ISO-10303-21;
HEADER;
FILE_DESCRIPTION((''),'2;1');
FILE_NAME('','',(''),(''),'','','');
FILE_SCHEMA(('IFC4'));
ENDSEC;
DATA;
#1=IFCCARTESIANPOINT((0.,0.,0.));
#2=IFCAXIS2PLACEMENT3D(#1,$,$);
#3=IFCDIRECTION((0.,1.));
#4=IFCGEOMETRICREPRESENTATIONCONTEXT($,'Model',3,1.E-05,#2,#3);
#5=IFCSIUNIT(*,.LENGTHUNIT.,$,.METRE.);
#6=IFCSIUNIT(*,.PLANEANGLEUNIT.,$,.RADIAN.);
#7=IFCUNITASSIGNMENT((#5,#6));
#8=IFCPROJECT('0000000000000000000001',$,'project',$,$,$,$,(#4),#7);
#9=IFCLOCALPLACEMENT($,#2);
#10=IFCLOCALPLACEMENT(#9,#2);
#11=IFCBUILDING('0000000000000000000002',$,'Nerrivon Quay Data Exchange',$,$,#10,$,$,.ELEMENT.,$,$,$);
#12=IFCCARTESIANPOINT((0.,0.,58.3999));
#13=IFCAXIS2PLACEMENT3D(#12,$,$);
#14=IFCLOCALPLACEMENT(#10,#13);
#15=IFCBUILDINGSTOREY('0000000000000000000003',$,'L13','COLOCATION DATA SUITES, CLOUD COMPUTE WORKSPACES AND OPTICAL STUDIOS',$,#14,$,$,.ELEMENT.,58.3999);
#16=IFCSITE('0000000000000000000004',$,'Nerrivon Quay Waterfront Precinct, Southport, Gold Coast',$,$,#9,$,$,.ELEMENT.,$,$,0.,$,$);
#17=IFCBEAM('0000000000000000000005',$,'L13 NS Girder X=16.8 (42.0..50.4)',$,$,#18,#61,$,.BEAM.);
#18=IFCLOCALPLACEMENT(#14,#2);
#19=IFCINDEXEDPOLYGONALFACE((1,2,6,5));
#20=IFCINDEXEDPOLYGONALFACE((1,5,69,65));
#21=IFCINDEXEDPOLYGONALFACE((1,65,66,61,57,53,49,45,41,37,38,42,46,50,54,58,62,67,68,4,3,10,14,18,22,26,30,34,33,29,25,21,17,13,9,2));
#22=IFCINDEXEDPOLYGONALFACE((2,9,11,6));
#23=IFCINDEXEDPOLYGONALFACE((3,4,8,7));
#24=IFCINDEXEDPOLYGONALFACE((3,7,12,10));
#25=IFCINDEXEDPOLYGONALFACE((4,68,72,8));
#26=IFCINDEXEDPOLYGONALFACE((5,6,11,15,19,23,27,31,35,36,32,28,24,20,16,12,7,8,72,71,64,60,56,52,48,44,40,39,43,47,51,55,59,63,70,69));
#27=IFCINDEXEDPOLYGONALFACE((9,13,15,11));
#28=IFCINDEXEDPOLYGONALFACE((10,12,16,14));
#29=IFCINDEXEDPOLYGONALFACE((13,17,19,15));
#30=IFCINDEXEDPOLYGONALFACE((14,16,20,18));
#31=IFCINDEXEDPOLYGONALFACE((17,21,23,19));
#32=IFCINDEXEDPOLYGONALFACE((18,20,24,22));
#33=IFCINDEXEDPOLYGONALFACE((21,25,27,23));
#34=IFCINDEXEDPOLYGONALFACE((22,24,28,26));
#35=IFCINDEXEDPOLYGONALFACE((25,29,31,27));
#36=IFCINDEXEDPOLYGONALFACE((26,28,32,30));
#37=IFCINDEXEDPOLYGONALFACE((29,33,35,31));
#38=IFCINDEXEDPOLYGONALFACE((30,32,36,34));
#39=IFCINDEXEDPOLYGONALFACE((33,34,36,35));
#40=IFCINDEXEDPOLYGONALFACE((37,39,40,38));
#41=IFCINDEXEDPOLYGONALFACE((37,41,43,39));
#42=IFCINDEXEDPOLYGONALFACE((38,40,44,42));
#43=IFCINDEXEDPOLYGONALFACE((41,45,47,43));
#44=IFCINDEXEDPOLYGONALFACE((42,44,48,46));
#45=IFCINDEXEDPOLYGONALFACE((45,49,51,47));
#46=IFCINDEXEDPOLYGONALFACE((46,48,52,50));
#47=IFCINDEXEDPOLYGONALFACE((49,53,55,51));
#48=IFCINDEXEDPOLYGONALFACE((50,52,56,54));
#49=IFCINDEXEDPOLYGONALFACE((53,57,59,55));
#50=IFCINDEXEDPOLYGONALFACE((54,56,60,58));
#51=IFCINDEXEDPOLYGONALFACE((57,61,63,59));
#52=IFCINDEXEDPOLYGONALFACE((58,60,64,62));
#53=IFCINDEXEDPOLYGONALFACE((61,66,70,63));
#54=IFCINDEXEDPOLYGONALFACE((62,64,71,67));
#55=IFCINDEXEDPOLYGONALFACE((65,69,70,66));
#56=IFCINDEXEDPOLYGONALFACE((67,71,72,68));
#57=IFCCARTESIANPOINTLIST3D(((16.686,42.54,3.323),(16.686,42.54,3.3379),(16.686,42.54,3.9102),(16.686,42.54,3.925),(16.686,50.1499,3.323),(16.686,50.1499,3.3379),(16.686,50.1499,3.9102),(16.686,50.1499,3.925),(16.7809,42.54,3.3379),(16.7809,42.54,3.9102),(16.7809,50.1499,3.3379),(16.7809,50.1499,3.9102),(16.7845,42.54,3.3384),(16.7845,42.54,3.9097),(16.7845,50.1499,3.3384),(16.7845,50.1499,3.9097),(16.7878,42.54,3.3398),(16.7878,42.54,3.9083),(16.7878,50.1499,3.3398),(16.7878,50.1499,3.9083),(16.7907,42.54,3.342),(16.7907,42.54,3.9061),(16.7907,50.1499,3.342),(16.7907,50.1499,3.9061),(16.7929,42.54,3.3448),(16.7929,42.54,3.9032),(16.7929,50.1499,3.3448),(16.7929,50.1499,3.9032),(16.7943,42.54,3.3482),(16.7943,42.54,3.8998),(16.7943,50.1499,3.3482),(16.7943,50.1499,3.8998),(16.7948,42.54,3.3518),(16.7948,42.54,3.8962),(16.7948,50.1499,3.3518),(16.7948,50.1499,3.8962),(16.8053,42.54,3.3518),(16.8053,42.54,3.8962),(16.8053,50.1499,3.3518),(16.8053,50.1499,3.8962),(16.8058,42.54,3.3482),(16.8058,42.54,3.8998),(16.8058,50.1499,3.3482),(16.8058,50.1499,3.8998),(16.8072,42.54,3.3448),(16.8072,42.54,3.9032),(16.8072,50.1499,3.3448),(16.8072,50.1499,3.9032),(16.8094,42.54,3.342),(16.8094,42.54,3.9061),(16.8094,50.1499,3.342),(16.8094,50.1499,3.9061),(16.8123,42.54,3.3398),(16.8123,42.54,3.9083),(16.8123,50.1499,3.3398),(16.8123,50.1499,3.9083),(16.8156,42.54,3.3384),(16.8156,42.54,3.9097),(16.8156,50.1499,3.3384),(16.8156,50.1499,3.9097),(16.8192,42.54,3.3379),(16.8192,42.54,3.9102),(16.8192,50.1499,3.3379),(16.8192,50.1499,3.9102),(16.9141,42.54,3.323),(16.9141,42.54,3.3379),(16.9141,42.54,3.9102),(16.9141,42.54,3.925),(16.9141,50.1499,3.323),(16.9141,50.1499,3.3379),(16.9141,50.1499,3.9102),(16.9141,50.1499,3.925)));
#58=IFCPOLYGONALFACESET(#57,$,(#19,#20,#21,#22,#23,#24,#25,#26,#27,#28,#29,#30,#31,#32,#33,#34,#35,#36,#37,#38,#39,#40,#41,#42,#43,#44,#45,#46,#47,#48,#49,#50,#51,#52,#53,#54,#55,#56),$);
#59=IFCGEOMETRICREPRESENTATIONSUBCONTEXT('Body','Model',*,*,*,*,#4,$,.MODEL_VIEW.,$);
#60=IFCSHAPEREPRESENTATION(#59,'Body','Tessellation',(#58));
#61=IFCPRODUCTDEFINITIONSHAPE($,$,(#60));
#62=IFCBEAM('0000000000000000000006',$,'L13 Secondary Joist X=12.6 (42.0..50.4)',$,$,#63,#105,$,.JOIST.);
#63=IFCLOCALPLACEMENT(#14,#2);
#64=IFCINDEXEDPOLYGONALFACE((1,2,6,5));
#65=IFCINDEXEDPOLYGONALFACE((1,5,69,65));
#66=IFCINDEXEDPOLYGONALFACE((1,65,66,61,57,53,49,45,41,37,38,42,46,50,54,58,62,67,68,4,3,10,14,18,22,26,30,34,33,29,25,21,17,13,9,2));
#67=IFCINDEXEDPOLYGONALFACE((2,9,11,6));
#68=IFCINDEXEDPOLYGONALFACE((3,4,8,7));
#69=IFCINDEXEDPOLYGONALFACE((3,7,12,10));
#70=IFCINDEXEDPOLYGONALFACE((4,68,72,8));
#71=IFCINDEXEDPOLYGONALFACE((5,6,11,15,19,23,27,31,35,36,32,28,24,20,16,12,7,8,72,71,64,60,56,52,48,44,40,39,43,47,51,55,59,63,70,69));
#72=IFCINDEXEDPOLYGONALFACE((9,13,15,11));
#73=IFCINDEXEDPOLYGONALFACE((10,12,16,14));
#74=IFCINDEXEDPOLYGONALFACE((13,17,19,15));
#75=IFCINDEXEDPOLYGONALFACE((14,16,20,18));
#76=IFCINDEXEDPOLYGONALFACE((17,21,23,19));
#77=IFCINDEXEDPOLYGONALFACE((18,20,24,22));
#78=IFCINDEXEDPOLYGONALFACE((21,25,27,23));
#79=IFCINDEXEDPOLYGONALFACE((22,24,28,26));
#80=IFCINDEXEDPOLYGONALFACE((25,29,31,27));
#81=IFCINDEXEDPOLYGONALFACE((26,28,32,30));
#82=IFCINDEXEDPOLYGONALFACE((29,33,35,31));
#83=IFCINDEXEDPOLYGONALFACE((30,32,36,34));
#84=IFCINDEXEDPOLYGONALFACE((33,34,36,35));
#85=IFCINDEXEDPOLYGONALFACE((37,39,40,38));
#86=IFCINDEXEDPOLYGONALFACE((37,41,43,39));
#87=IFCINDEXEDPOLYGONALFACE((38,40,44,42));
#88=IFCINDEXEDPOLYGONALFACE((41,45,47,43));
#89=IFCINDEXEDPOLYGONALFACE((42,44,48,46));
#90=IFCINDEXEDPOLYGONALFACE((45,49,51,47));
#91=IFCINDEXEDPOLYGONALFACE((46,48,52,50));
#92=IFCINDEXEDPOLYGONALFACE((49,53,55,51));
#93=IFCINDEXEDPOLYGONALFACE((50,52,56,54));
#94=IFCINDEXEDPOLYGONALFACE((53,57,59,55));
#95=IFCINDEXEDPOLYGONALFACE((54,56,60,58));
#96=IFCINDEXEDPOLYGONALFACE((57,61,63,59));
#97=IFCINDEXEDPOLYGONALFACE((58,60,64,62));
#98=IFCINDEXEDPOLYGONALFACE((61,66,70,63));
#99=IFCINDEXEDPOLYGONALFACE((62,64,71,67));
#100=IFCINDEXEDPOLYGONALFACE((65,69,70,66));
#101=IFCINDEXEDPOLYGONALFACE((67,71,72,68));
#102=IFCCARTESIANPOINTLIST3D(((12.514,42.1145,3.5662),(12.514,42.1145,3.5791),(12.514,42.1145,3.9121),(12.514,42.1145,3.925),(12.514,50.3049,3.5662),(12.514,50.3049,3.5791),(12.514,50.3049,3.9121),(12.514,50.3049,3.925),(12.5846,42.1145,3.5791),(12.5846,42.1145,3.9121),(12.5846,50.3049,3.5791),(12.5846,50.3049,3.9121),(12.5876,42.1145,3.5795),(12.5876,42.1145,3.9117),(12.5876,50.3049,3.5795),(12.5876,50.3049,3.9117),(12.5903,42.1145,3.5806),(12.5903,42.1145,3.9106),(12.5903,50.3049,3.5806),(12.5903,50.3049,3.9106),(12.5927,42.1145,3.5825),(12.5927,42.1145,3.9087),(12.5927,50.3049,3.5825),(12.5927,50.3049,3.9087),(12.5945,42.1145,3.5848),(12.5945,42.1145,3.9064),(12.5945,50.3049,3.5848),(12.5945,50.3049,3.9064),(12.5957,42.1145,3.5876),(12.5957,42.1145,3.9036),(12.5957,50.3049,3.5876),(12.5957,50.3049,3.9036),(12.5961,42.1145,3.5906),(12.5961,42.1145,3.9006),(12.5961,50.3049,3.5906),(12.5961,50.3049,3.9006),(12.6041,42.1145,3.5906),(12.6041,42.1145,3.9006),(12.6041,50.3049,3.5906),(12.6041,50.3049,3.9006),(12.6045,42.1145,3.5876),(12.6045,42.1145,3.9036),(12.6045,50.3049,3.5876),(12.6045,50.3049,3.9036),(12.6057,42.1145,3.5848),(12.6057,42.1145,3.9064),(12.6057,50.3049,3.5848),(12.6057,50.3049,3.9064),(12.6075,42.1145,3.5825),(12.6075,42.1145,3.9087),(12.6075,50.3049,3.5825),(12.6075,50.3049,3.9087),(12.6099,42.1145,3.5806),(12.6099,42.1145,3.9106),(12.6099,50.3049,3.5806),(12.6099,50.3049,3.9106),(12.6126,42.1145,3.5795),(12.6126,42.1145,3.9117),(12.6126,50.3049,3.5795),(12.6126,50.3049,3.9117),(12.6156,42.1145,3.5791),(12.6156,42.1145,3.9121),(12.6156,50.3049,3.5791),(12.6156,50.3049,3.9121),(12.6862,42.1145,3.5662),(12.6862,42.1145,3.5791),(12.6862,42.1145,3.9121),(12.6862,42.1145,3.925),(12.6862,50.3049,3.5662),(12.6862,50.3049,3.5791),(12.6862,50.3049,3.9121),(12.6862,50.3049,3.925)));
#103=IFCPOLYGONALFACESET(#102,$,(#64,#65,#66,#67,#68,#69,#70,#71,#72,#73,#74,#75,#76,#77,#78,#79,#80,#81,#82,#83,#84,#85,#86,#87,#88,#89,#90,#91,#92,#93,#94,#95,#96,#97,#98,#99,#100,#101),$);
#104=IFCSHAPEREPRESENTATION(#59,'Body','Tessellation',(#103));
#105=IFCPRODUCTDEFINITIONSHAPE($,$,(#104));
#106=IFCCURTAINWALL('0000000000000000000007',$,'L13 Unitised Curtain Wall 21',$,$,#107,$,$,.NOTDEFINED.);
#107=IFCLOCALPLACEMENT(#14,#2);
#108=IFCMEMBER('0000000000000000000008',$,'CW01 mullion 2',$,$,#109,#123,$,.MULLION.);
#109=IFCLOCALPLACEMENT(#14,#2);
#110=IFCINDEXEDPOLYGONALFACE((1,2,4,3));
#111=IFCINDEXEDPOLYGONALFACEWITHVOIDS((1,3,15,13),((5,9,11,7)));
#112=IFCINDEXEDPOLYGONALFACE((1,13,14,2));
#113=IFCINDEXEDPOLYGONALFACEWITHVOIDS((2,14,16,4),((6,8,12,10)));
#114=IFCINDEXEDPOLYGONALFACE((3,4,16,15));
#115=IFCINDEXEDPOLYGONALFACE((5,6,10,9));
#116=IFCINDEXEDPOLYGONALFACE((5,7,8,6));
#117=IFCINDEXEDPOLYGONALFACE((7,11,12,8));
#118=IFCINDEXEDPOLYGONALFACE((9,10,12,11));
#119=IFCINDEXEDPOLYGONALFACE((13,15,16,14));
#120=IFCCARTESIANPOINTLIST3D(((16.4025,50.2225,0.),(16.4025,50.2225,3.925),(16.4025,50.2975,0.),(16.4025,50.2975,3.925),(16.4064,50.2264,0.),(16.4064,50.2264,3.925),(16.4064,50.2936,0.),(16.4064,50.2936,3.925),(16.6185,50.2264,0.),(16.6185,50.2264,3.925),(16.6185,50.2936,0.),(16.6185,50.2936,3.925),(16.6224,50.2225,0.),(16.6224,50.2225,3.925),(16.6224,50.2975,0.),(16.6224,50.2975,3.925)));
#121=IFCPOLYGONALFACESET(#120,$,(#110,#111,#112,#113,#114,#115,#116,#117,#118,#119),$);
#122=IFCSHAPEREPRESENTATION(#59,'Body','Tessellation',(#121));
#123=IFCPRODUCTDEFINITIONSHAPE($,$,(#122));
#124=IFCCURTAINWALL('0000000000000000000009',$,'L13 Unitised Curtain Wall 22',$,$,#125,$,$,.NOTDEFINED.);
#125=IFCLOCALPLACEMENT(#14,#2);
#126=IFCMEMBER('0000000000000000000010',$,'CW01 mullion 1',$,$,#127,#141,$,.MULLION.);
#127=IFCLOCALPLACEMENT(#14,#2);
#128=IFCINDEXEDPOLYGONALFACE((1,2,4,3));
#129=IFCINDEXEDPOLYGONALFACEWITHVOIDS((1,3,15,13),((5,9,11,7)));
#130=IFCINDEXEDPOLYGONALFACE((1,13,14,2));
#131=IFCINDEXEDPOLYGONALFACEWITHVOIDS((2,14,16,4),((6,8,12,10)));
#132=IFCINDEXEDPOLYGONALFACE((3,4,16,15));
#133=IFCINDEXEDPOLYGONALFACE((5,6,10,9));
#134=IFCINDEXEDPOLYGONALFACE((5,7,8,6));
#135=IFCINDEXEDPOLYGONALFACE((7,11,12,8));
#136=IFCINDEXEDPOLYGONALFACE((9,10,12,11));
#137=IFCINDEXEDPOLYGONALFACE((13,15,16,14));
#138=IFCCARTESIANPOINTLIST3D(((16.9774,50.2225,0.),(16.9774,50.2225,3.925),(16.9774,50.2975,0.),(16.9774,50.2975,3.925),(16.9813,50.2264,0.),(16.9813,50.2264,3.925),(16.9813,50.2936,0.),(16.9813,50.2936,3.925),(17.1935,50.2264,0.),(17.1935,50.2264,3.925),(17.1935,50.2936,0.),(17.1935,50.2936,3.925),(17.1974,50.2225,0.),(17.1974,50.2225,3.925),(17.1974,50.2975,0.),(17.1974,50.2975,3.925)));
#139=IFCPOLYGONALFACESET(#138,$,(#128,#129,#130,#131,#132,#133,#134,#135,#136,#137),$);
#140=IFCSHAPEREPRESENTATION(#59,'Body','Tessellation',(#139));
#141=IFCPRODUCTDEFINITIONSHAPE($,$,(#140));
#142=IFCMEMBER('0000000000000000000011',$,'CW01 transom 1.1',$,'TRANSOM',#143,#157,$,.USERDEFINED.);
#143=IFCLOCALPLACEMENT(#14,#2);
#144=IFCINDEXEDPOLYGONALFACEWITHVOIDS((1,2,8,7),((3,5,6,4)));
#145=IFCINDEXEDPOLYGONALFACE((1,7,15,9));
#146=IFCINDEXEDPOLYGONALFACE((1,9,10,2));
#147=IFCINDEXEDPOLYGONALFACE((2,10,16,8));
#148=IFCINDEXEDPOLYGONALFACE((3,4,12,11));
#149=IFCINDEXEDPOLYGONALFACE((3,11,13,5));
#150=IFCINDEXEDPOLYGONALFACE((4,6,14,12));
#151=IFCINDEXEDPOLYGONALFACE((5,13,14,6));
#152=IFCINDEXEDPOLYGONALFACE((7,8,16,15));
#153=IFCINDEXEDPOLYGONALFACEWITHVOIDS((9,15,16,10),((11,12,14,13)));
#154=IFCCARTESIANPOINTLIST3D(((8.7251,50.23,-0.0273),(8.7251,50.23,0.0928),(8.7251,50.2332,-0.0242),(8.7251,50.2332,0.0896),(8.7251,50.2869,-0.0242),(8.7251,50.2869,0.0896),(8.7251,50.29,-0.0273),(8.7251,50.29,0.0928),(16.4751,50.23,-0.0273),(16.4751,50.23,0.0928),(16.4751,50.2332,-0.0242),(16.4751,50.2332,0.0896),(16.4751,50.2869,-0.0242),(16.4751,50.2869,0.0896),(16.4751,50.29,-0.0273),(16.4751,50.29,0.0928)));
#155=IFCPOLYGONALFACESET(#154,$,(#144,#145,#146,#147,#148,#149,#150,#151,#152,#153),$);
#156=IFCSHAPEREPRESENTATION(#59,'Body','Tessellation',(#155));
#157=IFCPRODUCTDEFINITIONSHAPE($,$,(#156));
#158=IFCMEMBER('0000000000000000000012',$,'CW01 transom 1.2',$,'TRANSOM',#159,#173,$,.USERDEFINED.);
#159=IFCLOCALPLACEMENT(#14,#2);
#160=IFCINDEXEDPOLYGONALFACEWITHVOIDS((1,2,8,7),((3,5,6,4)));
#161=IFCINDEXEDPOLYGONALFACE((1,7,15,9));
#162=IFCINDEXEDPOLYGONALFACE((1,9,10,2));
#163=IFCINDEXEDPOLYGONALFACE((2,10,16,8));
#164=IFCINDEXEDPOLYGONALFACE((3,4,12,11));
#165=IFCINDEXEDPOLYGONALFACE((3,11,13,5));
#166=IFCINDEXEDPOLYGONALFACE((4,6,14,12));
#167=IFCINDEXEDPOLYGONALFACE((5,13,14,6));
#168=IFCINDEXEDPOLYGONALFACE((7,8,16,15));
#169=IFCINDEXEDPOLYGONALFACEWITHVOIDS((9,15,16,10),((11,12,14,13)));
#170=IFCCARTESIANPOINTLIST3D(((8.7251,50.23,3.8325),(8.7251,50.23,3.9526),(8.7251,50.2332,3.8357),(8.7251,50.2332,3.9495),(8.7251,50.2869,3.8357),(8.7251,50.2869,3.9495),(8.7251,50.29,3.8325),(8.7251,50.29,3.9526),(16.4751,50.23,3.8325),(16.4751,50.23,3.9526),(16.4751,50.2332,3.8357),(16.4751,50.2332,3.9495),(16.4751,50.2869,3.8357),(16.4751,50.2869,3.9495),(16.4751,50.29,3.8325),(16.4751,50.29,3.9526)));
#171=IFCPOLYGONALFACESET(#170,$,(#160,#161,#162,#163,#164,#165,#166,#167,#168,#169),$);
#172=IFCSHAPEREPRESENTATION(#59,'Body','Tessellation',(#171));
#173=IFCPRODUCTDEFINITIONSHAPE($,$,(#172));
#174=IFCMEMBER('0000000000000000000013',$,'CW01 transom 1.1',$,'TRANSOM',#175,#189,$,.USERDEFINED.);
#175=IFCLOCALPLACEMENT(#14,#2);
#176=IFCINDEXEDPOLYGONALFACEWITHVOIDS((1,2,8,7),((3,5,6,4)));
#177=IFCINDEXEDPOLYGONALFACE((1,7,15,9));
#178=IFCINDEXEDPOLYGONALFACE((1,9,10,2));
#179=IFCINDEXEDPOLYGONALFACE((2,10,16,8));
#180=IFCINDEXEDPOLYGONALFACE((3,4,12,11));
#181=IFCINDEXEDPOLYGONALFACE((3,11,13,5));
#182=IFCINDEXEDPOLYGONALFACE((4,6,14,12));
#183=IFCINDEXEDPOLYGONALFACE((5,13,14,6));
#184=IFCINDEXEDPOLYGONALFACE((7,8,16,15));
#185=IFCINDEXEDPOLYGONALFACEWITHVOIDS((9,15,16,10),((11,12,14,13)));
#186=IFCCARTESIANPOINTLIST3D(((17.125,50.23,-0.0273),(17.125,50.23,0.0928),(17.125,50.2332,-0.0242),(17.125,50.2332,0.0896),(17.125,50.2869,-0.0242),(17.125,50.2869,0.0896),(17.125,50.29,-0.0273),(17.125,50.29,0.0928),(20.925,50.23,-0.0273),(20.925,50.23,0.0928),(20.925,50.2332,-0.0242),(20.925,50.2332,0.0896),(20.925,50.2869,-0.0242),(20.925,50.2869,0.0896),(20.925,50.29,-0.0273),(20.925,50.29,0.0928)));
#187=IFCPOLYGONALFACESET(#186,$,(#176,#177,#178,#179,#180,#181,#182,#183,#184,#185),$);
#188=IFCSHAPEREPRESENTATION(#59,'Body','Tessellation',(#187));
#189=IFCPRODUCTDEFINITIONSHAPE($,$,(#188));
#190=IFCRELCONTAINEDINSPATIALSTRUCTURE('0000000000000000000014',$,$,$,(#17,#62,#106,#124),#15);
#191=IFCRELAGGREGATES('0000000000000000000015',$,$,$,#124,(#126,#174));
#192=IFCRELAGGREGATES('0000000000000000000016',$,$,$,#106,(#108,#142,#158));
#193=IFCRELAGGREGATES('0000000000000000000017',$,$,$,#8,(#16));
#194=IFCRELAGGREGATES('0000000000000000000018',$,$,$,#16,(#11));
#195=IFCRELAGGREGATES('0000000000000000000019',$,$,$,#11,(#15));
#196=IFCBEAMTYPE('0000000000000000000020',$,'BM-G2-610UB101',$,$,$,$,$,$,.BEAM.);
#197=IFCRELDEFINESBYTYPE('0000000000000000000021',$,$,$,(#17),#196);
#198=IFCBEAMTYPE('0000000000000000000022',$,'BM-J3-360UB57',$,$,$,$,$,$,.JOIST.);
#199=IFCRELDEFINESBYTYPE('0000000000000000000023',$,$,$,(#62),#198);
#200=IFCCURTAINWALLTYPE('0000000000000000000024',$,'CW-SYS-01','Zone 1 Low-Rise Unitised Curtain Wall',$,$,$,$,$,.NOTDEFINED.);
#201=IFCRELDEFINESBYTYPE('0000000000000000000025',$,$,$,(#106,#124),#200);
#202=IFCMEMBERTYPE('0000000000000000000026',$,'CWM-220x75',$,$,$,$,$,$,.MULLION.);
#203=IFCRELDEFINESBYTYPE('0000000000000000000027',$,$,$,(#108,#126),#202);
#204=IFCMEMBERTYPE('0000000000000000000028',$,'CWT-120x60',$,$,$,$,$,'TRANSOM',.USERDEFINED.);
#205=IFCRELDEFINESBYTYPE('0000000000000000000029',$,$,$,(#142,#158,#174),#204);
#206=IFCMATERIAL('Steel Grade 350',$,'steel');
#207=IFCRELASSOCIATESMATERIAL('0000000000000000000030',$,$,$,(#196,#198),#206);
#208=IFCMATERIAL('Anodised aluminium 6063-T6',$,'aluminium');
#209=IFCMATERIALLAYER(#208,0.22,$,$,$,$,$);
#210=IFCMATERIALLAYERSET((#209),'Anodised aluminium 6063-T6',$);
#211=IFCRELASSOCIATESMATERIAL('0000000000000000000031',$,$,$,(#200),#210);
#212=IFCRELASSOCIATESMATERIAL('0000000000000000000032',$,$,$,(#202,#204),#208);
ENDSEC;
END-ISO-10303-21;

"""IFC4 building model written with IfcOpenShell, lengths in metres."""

from ifc_helpers import new_model, si_unit, direction, frame, origin, origin_2d, place, context, subcontext, project, spatial, hollow_rectangle, i_section, extrude, material, layer, layer_set, material_profile, profile_set, type_object, element, aggregate, save


model = new_model("IFC4")

# Units and contexts
model_context = context("Model", 3, precision=1e-05, world=origin(), true_north=direction((0.0, 1.0)))
body_context = subcontext(model_context, "Body", "Model", "MODEL_VIEW")
ifc_project = project(units=[si_unit("LENGTHUNIT", "METRE"), si_unit("PLANEANGLEUNIT", "RADIAN")], contexts=[model_context])

# Site, building, storey
site_placement = place(None, origin())
site = spatial("IfcSite", under=ifc_project, at=site_placement, Name="Nerrivon Quay Waterfront Precinct, Southport, Gold Coast", CompositionType="ELEMENT", RefElevation=0.0)
building_placement = place(site_placement, origin())
building = spatial("IfcBuilding", under=site, at=building_placement, Name="Nerrivon Quay Data Exchange", CompositionType="ELEMENT")
storey_placement = place(building_placement, frame((0.0, 0.0, 58.3999)))
storey = spatial("IfcBuildingStorey", under=building, at=storey_placement, Name="L13", Description="COLOCATION DATA SUITES, CLOUD COMPUTE WORKSPACES AND OPTICAL STUDIOS", CompositionType="ELEMENT", Elevation=58.3999)

# Shared definitions
ifc_material_1 = material(Name="Steel Grade 350", Category="steel")

# Beams
ifc_material_profile_1 = material_profile(ifc_material_1, i_section(OverallWidth=0.228, OverallDepth=0.6021, WebThickness=0.0105, FlangeThickness=0.0149, FilletRadius=0.0139, at=origin_2d()), Name="610UB101")
ifc_profile_set_1 = profile_set([ifc_material_profile_1], Name="Steel Grade 350")
beam_type_1 = type_object("IfcBeamType", Name="BM-G2-610UB101", PredefinedType="BEAM", material=ifc_profile_set_1)
beam_1_placement = place(storey_placement, frame((16.8, 42.54, 3.624), z_axis=(0.0, 1.0, 0.0), x_axis=(-1.0, 0.0, 0.0)))
element("IfcBeam", 1, at=beam_1_placement, inside=storey, type_object=beam_type_1, Name="L13 NS Girder X=16.8 (42.0..50.4)", PredefinedType="BEAM", context=body_context, shape_type="SweptSolid", body=[
    extrude(i_section(OverallWidth=0.228, OverallDepth=0.6021, WebThickness=0.0105, FlangeThickness=0.0149, FilletRadius=0.0139, at=origin_2d()), origin(), (0.0, 0.0, 1.0), 7.6099),
])
ifc_material_profile_2 = material_profile(ifc_material_1, i_section(OverallWidth=0.1721, OverallDepth=0.3589, WebThickness=0.0081, FlangeThickness=0.0129, FilletRadius=0.0115, at=origin_2d()), Name="360UB56.7")
ifc_profile_set_2 = profile_set([ifc_material_profile_2], Name="Steel Grade 350")
beam_type_2 = type_object("IfcBeamType", Name="BM-J3-360UB57", PredefinedType="JOIST", material=ifc_profile_set_2)
beam_2_placement = place(storey_placement, frame((12.6001, 42.1145, 3.7456), z_axis=(0.0, 1.0, 0.0), x_axis=(-1.0, 0.0, 0.0)))
element("IfcBeam", 2, at=beam_2_placement, inside=storey, type_object=beam_type_2, Name="L13 Secondary Joist X=12.6 (42.0..50.4)", PredefinedType="JOIST", context=body_context, shape_type="SweptSolid", body=[
    extrude(i_section(OverallWidth=0.1721, OverallDepth=0.3589, WebThickness=0.0081, FlangeThickness=0.0129, FilletRadius=0.0115, at=origin_2d()), origin(), (0.0, 0.0, 1.0), 8.1904),
])

# Curtain walls, members
ifc_material_2 = material(Name="Anodised aluminium 6063-T6", Category="aluminium")
ifc_layer_1 = layer(ifc_material_2, 0.22)
ifc_layer_set_1 = layer_set([ifc_layer_1], Name="Anodised aluminium 6063-T6")
curtain_wall_type = type_object("IfcCurtainWallType", Name="CW-SYS-01", Description="Zone 1 Low-Rise Unitised Curtain Wall", PredefinedType="NOTDEFINED", material=ifc_layer_set_1)
curtain_wall_1_placement = place(storey_placement, origin())
curtain_wall_1 = element("IfcCurtainWall", 3, at=curtain_wall_1_placement, inside=storey, type_object=curtain_wall_type, Name="L13 Unitised Curtain Wall 21", PredefinedType="NOTDEFINED")
ifc_material_profile_3 = material_profile(ifc_material_2, hollow_rectangle(XDim=0.075, YDim=0.22, WallThickness=0.0039, at=origin_2d()), Name="ALU-MULL-220x75")
ifc_profile_set_3 = profile_set([ifc_material_profile_3], Name="Anodised aluminium 6063-T6")
member_type_1 = type_object("IfcMemberType", Name="CWM-220x75", PredefinedType="MULLION", material=ifc_profile_set_3)
member_1_placement = place(storey_placement, frame((16.5125, 50.26, 0.0), z_axis=(0.0, 0.0, 1.0), x_axis=(0.0, 1.0, 0.0)))
member_1 = element("IfcMember", 4, at=member_1_placement, type_object=member_type_1, Name="CW01 mullion 2", PredefinedType="MULLION", context=body_context, shape_type="SweptSolid", body=[
    extrude(hollow_rectangle(XDim=0.075, YDim=0.22, WallThickness=0.0039, at=origin_2d()), origin(), (0.0, 0.0, 1.0), 3.925),
])
curtain_wall_2_placement = place(storey_placement, origin())
curtain_wall_2 = element("IfcCurtainWall", 5, at=curtain_wall_2_placement, inside=storey, type_object=curtain_wall_type, Name="L13 Unitised Curtain Wall 22", PredefinedType="NOTDEFINED")
member_2_placement = place(storey_placement, frame((17.0874, 50.26, 0.0), z_axis=(0.0, 0.0, 1.0), x_axis=(0.0, 1.0, 0.0)))
member_2 = element("IfcMember", 6, at=member_2_placement, type_object=member_type_1, Name="CW01 mullion 1", PredefinedType="MULLION", context=body_context, shape_type="SweptSolid", body=[
    extrude(hollow_rectangle(XDim=0.075, YDim=0.22, WallThickness=0.0039, at=origin_2d()), origin(), (0.0, 0.0, 1.0), 3.925),
])

# Members
ifc_material_profile_4 = material_profile(ifc_material_2, hollow_rectangle(XDim=0.0601, YDim=0.1201, WallThickness=0.0032, at=origin_2d()), Name="ALU-TRAN-120x60")
ifc_profile_set_4 = profile_set([ifc_material_profile_4], Name="Anodised aluminium 6063-T6")
member_type_2 = type_object("IfcMemberType", Name="CWT-120x60", ElementType="TRANSOM", PredefinedType="USERDEFINED", material=ifc_profile_set_4)
member_3_placement = place(storey_placement, frame((8.7251, 50.26, 0.0327), z_axis=(1.0, 0.0, 0.0), x_axis=(0.0, 1.0, 0.0)))
member_3 = element("IfcMember", 7, at=member_3_placement, type_object=member_type_2, Name="CW01 transom 1.1", ObjectType="TRANSOM", PredefinedType="USERDEFINED", context=body_context, shape_type="SweptSolid", body=[
    extrude(hollow_rectangle(XDim=0.0601, YDim=0.1201, WallThickness=0.0032, at=origin_2d()), origin(), (0.0, 0.0, 1.0), 7.75),
])
member_4_placement = place(storey_placement, frame((8.7251, 50.26, 3.8926), z_axis=(1.0, 0.0, 0.0), x_axis=(0.0, 1.0, 0.0)))
member_4 = element("IfcMember", 8, at=member_4_placement, type_object=member_type_2, Name="CW01 transom 1.2", ObjectType="TRANSOM", PredefinedType="USERDEFINED", context=body_context, shape_type="SweptSolid", body=[
    extrude(hollow_rectangle(XDim=0.0601, YDim=0.1201, WallThickness=0.0032, at=origin_2d()), origin(), (0.0, 0.0, 1.0), 7.75),
])
member_5_placement = place(storey_placement, frame((17.125, 50.26, 0.0327), z_axis=(1.0, 0.0, 0.0), x_axis=(0.0, 1.0, 0.0)))
member_5 = element("IfcMember", 9, at=member_5_placement, type_object=member_type_2, Name="CW01 transom 1.1", ObjectType="TRANSOM", PredefinedType="USERDEFINED", context=body_context, shape_type="SweptSolid", body=[
    extrude(hollow_rectangle(XDim=0.0601, YDim=0.1201, WallThickness=0.0032, at=origin_2d()), origin(), (0.0, 0.0, 1.0), 3.8),
])
aggregate(curtain_wall_2, [member_2, member_5])

aggregate(curtain_wall_1, [member_1, member_3, member_4])

save(model, "model.ifc")
